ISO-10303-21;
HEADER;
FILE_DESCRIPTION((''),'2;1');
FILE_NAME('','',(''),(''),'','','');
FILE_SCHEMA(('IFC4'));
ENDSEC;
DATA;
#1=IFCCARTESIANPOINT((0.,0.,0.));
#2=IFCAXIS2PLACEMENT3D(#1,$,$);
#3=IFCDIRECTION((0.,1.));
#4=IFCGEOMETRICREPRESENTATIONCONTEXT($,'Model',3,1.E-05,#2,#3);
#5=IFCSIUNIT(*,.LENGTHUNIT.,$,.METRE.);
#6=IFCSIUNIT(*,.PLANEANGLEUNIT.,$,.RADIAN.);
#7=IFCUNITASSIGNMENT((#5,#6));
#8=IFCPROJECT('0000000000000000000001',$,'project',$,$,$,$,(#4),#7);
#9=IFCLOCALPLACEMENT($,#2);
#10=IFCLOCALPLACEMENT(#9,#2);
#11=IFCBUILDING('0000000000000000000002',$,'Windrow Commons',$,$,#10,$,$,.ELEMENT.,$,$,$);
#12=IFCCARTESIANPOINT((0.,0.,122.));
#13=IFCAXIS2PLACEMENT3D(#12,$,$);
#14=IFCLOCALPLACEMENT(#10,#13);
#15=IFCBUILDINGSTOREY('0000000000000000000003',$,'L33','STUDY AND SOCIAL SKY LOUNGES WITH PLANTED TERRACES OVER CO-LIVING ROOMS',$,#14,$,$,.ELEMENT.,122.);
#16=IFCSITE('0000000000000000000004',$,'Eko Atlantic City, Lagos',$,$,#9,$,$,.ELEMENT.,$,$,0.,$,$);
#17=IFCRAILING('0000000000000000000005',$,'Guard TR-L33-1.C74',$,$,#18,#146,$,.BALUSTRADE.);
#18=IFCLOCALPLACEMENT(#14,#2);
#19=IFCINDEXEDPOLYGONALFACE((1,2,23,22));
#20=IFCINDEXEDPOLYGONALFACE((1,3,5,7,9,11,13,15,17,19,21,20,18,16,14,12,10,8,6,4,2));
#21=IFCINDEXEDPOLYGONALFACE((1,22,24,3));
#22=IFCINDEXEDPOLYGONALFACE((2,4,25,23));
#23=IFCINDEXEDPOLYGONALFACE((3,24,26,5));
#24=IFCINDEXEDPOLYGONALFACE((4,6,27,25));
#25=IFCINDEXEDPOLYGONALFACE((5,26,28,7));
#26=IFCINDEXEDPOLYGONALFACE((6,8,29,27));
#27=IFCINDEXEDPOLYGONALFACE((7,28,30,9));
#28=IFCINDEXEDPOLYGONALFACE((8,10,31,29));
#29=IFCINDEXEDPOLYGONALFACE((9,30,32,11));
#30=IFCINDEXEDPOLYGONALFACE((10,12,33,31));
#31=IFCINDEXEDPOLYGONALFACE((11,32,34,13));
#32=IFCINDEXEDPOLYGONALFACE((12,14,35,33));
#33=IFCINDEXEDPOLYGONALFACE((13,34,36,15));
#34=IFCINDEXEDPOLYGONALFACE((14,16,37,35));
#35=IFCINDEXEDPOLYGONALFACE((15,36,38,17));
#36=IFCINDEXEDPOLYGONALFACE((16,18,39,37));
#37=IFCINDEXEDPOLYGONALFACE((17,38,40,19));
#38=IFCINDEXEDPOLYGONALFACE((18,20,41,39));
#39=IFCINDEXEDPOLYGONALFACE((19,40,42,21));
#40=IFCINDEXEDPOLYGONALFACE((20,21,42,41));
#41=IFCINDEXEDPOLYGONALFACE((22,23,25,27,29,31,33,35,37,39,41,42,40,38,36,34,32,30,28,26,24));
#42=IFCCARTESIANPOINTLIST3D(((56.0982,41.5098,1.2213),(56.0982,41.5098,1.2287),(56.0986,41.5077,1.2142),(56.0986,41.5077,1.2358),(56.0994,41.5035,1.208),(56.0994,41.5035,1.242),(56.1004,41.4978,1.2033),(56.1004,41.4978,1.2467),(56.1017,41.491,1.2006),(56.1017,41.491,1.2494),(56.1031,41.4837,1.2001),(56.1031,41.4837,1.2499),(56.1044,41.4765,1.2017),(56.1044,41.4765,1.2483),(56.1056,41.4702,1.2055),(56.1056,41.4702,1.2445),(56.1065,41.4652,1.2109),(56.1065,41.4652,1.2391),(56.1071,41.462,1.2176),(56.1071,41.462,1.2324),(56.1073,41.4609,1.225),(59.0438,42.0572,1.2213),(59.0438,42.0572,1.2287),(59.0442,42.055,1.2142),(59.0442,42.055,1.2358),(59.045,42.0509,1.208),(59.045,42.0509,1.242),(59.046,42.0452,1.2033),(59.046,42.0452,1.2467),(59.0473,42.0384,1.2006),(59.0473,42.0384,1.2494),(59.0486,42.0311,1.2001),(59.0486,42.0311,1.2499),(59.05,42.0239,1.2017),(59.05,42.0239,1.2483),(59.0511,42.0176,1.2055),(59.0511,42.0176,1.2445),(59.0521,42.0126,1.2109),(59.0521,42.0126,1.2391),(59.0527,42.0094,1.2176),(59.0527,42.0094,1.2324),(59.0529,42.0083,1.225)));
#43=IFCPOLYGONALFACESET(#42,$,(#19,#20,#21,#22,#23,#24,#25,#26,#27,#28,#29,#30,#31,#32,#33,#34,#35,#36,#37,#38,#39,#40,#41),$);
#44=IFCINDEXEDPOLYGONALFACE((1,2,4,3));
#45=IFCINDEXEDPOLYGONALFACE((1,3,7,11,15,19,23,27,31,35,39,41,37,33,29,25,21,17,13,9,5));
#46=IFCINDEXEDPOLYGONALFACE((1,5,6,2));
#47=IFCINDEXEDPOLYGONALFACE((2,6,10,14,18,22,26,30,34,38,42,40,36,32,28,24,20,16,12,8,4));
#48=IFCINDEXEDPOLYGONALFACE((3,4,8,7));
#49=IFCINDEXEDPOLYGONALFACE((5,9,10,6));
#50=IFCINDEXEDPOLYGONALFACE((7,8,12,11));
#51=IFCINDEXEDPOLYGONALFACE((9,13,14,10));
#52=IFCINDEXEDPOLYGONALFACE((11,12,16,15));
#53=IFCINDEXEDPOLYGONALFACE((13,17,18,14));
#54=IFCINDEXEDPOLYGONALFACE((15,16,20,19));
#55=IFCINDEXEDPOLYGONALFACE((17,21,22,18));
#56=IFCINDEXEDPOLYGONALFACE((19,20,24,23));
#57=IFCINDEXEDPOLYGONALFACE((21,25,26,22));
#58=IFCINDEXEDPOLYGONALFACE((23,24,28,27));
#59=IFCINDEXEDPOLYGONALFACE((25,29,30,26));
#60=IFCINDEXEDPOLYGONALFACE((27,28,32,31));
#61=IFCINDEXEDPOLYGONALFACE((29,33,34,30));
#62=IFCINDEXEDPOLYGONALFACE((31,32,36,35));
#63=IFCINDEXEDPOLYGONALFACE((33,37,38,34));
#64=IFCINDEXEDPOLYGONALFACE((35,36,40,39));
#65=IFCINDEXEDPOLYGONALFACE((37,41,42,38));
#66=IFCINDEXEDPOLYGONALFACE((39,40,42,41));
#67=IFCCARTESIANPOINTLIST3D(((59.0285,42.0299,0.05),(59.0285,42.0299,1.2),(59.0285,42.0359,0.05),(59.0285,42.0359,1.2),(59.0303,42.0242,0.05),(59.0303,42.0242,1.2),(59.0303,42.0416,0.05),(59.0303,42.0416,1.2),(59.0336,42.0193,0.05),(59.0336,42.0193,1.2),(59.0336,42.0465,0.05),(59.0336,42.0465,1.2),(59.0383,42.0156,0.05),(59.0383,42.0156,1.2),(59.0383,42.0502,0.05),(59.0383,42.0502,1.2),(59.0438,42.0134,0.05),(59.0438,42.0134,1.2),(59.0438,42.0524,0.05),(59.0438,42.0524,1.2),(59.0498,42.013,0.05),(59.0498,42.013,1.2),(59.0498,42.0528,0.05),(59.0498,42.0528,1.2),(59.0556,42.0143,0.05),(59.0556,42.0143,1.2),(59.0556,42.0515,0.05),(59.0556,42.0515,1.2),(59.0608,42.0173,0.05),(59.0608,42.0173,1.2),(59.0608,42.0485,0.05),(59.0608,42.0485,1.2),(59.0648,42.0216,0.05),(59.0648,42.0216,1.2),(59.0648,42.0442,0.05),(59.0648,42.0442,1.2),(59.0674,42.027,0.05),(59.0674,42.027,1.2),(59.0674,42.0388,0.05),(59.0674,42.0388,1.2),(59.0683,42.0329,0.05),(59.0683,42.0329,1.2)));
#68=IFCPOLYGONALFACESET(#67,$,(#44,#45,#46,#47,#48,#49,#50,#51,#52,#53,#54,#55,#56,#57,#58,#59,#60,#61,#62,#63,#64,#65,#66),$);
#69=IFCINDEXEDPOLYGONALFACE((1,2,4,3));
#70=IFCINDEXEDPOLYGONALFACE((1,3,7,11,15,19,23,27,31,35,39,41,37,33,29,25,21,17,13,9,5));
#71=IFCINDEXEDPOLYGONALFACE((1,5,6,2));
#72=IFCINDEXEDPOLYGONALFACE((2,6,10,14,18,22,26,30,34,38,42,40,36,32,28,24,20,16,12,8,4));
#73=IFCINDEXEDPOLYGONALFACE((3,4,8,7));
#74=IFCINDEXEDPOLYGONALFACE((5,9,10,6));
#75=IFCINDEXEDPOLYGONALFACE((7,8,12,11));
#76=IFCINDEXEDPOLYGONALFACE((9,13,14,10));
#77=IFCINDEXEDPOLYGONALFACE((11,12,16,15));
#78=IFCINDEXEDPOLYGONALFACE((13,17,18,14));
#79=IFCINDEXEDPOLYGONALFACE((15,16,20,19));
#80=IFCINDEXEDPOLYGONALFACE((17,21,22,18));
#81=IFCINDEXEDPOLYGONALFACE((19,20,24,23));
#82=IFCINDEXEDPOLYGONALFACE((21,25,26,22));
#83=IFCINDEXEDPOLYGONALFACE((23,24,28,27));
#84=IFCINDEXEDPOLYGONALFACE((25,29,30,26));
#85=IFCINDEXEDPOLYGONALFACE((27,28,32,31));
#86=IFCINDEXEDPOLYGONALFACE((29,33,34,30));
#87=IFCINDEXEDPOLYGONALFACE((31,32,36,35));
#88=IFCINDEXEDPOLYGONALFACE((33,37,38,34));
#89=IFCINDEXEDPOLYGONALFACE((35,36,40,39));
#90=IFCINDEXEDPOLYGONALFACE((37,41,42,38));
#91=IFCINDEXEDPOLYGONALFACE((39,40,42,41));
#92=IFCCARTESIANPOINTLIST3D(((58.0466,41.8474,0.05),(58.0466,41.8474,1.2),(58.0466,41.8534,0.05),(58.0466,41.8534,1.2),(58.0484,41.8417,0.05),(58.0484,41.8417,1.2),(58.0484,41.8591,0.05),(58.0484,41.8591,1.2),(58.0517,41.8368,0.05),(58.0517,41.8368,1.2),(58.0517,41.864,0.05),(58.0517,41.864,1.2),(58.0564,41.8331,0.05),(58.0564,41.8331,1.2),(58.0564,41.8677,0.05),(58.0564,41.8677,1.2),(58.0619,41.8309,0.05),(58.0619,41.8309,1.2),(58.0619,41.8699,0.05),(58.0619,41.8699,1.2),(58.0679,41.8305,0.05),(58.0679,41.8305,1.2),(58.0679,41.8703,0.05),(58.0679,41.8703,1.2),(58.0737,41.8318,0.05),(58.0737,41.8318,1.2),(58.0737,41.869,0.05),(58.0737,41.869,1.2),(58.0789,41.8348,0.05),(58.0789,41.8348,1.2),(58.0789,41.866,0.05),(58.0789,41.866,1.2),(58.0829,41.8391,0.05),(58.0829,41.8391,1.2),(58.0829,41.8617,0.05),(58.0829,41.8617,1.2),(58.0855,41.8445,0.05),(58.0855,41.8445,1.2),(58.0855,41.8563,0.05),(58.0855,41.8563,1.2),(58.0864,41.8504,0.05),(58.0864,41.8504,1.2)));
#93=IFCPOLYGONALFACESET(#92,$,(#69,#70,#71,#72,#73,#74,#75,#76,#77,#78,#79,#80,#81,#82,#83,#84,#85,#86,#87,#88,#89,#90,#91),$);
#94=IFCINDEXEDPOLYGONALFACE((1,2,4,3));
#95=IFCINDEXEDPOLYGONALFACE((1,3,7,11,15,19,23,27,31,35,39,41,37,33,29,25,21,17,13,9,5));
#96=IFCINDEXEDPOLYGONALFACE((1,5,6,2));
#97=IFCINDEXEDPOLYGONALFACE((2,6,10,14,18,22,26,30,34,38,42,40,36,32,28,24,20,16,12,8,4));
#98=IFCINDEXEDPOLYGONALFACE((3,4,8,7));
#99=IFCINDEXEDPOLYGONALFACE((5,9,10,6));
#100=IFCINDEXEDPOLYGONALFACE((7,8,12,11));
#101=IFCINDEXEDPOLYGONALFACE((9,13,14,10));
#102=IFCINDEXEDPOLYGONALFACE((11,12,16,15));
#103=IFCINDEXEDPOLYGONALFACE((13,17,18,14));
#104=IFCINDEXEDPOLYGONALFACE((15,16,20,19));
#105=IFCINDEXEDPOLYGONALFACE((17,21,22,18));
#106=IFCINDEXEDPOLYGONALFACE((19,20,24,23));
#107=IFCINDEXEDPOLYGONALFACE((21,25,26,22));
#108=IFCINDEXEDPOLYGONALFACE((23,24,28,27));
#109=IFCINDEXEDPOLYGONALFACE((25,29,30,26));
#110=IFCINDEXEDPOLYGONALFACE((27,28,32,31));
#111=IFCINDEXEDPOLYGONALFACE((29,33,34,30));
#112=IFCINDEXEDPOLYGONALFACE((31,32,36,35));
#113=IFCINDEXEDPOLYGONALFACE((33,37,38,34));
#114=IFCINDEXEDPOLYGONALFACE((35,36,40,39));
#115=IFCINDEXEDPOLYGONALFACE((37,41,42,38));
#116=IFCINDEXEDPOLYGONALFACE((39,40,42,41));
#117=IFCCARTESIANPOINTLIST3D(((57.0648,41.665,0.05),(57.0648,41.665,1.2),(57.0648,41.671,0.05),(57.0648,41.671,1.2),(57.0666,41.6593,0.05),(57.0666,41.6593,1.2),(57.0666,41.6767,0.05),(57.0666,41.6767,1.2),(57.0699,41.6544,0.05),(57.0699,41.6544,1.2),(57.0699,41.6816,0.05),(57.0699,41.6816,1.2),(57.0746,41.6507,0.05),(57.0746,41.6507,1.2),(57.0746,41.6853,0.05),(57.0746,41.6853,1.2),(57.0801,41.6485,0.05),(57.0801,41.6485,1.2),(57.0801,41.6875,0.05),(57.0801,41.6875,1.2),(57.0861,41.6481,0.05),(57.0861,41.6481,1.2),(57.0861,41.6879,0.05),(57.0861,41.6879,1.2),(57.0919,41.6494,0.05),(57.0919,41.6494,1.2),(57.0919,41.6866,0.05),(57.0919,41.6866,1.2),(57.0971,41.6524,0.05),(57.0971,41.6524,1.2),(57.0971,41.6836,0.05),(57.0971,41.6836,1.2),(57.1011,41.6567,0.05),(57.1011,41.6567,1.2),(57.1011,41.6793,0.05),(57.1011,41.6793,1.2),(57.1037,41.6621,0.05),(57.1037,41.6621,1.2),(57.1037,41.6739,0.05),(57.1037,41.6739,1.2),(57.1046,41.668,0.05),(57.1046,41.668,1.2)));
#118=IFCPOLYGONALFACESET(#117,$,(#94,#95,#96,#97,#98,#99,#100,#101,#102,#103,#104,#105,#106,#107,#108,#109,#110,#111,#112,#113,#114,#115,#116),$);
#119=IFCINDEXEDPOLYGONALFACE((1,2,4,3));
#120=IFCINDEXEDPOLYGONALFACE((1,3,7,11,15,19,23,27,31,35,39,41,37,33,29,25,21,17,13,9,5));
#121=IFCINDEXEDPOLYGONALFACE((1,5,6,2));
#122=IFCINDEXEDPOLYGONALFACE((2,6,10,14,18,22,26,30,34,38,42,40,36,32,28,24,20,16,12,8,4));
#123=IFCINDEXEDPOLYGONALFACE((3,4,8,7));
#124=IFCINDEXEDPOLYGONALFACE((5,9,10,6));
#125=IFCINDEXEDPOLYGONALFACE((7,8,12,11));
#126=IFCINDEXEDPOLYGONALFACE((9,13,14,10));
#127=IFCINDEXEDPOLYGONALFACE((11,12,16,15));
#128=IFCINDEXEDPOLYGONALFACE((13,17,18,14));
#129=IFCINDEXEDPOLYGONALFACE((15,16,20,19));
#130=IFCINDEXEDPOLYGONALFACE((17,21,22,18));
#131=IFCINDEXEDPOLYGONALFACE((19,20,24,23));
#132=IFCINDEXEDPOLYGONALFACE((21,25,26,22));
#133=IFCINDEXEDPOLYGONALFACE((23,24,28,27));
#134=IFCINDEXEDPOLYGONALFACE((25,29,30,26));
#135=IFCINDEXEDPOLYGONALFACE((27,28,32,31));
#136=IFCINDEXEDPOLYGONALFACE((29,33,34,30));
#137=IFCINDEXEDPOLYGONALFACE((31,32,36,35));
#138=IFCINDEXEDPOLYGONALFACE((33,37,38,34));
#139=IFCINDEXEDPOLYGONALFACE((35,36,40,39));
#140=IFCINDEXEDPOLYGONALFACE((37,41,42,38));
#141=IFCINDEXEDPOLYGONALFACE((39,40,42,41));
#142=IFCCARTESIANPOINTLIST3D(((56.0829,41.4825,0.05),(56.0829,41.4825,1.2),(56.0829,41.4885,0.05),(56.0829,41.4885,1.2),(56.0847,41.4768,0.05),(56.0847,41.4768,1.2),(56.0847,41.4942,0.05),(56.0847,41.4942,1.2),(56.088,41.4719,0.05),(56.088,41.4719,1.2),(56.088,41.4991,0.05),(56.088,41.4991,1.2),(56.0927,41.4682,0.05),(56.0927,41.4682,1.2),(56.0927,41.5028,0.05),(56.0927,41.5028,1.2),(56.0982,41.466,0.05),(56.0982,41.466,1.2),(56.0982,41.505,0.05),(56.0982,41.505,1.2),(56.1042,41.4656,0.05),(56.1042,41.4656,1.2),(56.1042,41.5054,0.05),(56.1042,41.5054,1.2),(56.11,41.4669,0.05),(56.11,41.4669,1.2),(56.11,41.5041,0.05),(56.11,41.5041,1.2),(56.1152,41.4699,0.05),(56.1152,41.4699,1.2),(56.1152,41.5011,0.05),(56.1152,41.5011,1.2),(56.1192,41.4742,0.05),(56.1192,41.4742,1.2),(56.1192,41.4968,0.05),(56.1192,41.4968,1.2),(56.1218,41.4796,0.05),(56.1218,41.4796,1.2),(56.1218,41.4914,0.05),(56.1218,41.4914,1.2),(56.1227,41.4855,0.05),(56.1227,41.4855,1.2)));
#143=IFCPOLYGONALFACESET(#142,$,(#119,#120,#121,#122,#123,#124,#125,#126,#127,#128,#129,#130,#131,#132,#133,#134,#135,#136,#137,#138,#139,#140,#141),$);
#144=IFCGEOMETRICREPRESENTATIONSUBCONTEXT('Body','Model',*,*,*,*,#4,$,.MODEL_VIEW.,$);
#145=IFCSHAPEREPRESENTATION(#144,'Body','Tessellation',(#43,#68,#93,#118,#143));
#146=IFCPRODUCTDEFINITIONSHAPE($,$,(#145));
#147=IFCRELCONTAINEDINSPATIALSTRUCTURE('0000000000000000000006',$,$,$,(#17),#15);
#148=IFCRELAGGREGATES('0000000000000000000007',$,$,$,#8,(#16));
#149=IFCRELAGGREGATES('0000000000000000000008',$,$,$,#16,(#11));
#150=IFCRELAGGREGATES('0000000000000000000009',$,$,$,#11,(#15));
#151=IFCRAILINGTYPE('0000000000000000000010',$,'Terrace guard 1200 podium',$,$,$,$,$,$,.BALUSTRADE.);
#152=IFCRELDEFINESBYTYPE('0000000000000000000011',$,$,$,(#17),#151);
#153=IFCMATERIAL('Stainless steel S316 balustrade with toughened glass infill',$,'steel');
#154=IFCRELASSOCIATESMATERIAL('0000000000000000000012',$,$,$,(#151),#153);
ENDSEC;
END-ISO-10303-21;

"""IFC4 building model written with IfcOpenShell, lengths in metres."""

from ifc_helpers import new_model, si_unit, direction, frame, origin, origin_2d, place, context, subcontext, project, spatial, circle, extrude, material, type_object, element, save


model = new_model("IFC4")

# Units and contexts
model_context = context("Model", 3, precision=1e-05, world=origin(), true_north=direction((0.0, 1.0)))
body_context = subcontext(model_context, "Body", "Model", "MODEL_VIEW")
ifc_project = project(units=[si_unit("LENGTHUNIT", "METRE"), si_unit("PLANEANGLEUNIT", "RADIAN")], contexts=[model_context])

# Site, building, storey
site_placement = place(None, origin())
site = spatial("IfcSite", under=ifc_project, at=site_placement, Name="Eko Atlantic City, Lagos", CompositionType="ELEMENT", RefElevation=0.0)
building_placement = place(site_placement, origin())
building = spatial("IfcBuilding", under=site, at=building_placement, Name="Windrow Commons", CompositionType="ELEMENT")
storey_placement = place(building_placement, frame((0.0, 0.0, 122.0)))
storey = spatial("IfcBuildingStorey", under=building, at=storey_placement, Name="L33", Description="STUDY AND SOCIAL SKY LOUNGES WITH PLANTED TERRACES OVER CO-LIVING ROOMS", CompositionType="ELEMENT", Elevation=122.0)

# Railing
ifc_material_1 = material(Name="Stainless steel S316 balustrade with toughened glass infill", Category="steel")
railing_type = type_object("IfcRailingType", Name="Terrace guard 1200 podium", PredefinedType="BALUSTRADE", material=ifc_material_1)
railing_1_placement = place(storey_placement, frame((59.0483, 42.0329, 0.05)))
element("IfcRailing", 1, at=railing_1_placement, inside=storey, type_object=railing_type, Name="Guard TR-L33-1.C74", PredefinedType="BALUSTRADE", context=body_context, shape_type="SweptSolid", body=[
    extrude(circle(Radius=0.025, at=origin_2d()), frame((0.0, 0.0, 1.175), z_axis=(-0.983167, -0.182708, 0.0), x_axis=(0.182708, -0.983167, 0.0)), (0.0, 0.0, 1.0), 2.996),
    extrude(circle(Radius=0.02, at=origin_2d()), origin(), (0.0, 0.0, 1.0), 1.15),
    extrude(circle(Radius=0.02, at=origin_2d()), frame((-0.9819, -0.1825, 0.0)), (0.0, 0.0, 1.0), 1.15),
    extrude(circle(Radius=0.02, at=origin_2d()), frame((-1.9637, -0.3649, 0.0)), (0.0, 0.0, 1.0), 1.15),
    extrude(circle(Radius=0.02, at=origin_2d()), frame((-2.9456, -0.5474, 0.0)), (0.0, 0.0, 1.0), 1.15),
])

save(model, "model.ifc")
